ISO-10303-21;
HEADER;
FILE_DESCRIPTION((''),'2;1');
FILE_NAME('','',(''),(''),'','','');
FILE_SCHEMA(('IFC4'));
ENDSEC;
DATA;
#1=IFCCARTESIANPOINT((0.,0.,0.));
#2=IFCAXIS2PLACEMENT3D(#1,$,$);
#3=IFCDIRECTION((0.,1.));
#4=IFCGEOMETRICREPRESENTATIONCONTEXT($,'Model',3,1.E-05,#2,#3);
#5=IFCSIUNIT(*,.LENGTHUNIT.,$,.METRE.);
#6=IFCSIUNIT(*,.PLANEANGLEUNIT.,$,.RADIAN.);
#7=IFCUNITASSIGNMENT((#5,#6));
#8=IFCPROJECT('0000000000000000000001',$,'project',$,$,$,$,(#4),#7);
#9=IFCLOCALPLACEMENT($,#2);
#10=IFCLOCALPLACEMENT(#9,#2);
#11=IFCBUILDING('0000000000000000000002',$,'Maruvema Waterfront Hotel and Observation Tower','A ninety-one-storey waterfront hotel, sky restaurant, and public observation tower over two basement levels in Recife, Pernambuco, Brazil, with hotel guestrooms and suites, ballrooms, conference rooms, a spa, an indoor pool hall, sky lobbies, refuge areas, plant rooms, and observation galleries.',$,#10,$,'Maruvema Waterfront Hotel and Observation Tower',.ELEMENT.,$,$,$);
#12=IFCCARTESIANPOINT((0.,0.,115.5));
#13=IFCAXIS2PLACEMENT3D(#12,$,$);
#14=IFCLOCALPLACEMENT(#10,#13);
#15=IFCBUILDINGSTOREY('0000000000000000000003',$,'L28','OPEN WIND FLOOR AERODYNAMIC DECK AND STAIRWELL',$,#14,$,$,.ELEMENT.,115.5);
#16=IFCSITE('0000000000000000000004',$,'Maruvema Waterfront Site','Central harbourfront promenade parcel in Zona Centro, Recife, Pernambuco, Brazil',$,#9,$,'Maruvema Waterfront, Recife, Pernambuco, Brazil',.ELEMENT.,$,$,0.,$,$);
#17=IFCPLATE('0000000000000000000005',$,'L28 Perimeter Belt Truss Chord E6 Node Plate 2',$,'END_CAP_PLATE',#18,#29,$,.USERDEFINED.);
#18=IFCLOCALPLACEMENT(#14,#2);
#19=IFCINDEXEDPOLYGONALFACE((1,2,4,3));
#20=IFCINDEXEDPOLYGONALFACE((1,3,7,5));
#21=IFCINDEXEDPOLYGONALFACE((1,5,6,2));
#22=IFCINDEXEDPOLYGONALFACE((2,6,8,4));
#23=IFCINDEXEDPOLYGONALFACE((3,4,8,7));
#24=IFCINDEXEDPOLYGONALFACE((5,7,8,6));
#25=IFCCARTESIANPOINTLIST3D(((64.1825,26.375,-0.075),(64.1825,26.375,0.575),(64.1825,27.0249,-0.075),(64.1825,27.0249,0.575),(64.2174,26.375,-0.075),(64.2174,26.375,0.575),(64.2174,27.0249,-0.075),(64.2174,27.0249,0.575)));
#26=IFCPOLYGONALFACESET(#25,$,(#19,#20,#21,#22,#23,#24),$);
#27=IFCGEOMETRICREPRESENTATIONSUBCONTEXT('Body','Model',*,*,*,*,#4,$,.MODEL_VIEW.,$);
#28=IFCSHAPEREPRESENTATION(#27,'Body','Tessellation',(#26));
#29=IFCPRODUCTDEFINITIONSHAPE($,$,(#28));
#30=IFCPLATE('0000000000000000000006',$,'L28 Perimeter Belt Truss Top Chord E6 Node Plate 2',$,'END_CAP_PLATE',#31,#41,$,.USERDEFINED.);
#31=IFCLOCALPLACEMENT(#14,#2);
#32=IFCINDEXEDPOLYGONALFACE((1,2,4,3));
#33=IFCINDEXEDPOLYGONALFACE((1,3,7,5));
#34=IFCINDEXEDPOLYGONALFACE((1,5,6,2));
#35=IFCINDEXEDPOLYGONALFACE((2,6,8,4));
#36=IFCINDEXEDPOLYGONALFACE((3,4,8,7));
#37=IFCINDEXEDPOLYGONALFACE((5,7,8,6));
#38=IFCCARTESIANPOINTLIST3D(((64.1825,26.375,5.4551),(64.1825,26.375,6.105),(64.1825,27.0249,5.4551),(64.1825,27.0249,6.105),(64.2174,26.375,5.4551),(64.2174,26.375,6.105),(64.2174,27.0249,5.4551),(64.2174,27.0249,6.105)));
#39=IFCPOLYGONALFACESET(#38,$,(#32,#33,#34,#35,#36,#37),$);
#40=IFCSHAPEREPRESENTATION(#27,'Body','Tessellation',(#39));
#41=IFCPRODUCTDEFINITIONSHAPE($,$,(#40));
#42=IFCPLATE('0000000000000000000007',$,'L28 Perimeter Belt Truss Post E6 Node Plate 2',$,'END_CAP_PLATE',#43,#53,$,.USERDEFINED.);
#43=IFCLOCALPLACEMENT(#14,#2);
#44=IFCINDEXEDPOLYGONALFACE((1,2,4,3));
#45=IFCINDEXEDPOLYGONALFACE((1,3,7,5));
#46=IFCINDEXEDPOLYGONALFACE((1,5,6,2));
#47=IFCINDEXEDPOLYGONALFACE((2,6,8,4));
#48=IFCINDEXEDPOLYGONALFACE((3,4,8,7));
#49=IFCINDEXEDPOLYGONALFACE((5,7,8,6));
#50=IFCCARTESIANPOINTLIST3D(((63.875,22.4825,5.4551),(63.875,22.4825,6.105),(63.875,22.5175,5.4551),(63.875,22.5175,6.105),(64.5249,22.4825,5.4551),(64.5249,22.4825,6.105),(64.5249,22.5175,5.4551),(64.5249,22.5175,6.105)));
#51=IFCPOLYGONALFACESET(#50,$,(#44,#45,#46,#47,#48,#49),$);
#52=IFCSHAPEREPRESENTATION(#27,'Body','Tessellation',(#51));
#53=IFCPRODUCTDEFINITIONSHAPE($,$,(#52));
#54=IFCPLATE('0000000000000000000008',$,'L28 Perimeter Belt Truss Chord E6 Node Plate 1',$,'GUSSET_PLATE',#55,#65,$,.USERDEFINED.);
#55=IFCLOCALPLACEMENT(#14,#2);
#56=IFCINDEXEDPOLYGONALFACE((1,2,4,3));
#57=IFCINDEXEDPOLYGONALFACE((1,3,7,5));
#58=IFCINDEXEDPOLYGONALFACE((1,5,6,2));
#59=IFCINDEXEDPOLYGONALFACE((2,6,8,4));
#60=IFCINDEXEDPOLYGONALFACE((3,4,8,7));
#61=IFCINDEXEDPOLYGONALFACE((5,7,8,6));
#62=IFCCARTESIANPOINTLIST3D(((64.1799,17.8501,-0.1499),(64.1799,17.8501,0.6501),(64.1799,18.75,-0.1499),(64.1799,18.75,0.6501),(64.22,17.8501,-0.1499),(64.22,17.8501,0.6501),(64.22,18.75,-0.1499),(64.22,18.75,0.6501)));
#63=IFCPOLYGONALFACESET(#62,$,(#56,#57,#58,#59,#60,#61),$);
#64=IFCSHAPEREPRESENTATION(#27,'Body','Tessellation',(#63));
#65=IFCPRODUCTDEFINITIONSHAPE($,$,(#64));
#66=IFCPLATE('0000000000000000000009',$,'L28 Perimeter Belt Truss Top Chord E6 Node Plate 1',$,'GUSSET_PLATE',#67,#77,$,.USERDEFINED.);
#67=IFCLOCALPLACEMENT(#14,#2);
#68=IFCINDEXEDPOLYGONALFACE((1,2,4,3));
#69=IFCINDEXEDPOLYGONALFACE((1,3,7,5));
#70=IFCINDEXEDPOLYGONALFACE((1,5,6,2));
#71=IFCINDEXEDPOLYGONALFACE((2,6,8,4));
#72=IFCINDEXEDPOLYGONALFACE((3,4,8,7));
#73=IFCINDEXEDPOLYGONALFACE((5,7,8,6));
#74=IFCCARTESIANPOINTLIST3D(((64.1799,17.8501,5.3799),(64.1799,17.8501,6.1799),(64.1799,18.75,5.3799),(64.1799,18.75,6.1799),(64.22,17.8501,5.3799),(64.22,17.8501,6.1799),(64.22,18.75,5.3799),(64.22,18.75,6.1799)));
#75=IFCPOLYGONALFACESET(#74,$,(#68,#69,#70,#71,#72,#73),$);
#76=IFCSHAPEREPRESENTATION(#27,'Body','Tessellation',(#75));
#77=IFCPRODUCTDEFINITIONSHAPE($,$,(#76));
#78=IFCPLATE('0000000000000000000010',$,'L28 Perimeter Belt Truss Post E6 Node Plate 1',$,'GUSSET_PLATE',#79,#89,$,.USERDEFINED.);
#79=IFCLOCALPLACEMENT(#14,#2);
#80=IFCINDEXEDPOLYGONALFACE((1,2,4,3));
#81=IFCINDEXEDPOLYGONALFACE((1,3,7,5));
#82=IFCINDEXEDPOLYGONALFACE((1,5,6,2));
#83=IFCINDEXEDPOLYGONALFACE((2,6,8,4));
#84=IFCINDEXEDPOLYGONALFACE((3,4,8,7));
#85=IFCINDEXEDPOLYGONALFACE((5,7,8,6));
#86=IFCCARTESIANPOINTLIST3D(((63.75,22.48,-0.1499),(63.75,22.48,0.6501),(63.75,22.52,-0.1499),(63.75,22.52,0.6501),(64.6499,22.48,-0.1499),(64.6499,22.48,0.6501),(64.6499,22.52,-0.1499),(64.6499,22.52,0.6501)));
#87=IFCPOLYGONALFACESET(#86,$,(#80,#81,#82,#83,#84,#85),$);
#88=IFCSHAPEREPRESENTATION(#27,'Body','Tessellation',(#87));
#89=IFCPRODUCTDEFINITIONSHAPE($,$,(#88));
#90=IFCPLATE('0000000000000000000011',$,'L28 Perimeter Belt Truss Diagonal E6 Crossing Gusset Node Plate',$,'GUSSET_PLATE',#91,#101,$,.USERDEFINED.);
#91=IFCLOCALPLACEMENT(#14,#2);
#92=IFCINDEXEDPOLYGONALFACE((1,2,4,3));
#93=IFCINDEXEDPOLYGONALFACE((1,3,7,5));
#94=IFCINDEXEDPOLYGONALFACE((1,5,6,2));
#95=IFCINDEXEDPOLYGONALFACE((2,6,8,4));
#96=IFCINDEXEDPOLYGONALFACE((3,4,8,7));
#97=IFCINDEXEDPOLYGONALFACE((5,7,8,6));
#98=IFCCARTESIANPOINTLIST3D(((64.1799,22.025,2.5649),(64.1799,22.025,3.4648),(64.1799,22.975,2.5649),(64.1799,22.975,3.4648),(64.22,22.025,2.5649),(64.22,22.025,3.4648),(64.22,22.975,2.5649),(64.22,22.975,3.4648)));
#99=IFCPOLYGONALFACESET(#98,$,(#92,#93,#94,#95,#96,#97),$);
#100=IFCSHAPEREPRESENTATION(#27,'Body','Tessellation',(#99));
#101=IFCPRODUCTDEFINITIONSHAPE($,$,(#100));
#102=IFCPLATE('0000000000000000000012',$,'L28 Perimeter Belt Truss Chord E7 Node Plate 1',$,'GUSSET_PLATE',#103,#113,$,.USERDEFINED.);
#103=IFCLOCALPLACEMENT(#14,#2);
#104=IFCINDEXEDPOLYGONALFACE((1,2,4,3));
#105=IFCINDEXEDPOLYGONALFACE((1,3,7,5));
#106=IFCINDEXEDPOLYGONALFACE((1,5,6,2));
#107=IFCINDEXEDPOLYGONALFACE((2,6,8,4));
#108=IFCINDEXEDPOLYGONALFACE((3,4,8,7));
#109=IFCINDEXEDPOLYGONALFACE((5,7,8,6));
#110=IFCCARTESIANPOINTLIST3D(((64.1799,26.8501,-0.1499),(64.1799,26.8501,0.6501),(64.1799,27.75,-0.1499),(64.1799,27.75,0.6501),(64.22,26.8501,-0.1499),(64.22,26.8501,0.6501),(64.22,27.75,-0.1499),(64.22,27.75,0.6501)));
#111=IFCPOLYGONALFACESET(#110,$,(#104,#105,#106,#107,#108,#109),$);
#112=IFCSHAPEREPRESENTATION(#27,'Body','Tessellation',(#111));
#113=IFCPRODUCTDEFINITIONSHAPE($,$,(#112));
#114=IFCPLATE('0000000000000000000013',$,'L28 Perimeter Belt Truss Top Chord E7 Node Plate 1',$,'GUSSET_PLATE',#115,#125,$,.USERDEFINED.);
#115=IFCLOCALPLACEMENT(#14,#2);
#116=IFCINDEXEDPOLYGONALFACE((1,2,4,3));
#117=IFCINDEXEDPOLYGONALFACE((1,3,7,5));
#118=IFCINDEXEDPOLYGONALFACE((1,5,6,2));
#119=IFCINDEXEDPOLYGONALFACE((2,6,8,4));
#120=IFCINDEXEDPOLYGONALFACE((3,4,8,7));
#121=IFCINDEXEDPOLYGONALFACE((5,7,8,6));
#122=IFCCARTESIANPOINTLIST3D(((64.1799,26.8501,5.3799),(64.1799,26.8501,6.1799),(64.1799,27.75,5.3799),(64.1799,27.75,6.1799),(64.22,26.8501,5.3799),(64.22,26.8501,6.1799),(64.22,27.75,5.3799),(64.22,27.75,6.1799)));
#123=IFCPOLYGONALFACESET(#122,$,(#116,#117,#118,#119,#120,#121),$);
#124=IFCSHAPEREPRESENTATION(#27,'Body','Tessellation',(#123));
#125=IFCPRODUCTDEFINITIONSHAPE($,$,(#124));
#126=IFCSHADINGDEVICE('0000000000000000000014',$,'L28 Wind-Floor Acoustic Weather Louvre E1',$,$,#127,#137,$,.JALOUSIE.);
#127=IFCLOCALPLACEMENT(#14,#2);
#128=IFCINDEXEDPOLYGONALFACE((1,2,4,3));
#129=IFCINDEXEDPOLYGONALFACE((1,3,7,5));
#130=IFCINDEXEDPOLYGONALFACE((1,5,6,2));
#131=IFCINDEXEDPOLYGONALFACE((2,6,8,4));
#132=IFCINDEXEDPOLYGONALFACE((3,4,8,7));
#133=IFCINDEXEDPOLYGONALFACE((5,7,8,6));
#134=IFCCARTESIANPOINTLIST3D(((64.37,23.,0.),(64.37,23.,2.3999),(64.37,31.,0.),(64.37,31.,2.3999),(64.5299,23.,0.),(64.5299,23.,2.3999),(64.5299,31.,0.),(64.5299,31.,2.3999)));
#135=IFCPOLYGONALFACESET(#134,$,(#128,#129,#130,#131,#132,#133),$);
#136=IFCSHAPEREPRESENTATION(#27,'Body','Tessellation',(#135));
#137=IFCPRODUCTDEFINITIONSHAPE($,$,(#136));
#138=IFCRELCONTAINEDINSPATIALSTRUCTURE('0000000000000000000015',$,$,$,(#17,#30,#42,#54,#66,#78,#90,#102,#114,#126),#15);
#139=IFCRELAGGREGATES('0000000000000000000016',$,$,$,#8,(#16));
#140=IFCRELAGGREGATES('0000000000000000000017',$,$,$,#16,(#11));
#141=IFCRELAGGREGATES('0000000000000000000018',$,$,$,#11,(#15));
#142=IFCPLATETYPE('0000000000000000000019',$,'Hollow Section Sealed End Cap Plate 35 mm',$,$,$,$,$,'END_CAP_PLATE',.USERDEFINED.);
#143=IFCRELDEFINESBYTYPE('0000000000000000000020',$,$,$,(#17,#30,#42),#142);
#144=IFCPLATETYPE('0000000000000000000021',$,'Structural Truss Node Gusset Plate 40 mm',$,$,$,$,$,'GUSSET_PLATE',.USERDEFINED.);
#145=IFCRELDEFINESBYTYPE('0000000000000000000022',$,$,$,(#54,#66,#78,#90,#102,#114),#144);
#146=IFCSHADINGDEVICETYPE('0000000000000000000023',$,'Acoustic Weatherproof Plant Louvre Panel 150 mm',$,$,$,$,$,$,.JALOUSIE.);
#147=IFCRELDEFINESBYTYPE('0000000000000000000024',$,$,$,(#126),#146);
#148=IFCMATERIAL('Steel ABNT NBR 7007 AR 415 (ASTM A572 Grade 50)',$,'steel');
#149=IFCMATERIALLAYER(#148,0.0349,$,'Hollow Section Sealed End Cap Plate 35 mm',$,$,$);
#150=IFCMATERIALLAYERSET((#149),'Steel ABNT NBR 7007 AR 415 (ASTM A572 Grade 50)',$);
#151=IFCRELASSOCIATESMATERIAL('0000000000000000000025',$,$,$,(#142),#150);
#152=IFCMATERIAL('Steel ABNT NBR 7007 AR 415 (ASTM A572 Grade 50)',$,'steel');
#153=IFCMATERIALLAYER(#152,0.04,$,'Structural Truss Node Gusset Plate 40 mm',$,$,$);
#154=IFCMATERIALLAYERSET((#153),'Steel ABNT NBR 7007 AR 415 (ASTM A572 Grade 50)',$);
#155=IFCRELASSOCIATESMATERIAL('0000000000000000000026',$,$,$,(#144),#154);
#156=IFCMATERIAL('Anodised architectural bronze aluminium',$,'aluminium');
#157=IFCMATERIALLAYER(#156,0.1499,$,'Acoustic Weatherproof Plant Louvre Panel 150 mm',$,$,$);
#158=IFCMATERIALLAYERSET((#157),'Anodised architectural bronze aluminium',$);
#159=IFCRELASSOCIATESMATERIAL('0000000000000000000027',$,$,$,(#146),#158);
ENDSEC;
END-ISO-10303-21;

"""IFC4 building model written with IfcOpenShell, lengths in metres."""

from ifc_helpers import new_model, si_unit, direction, frame, origin, origin_2d, place, context, subcontext, project, spatial, rectangle, extrude, material, layer, layer_set, type_object, element, save


model = new_model("IFC4")

# Units and contexts
model_context = context("Model", 3, precision=1e-05, world=origin(), true_north=direction((0.0, 1.0)))
body_context = subcontext(model_context, "Body", "Model", "MODEL_VIEW")
ifc_project = project(units=[si_unit("LENGTHUNIT", "METRE"), si_unit("PLANEANGLEUNIT", "RADIAN")], contexts=[model_context])

# Site, building, storey
site_placement = place(None, origin())
site = spatial("IfcSite", under=ifc_project, at=site_placement, Name="Maruvema Waterfront Site", Description="Central harbourfront promenade parcel in Zona Centro, Recife, Pernambuco, Brazil", LongName="Maruvema Waterfront, Recife, Pernambuco, Brazil", CompositionType="ELEMENT", RefElevation=0.0)
building_placement = place(site_placement, origin())
building = spatial("IfcBuilding", under=site, at=building_placement, Name="Maruvema Waterfront Hotel and Observation Tower", Description="A ninety-one-storey waterfront hotel, sky restaurant, and public observation tower over two basement levels in Recife, Pernambuco, Brazil, with hotel guestrooms and suites, ballrooms, conference rooms, a spa, an indoor pool hall, sky lobbies, refuge areas, plant rooms, and observation galleries.", LongName="Maruvema Waterfront Hotel and Observation Tower", CompositionType="ELEMENT")
storey_placement = place(building_placement, frame((0.0, 0.0, 115.5)))
storey = spatial("IfcBuildingStorey", under=building, at=storey_placement, Name="L28", Description="OPEN WIND FLOOR AERODYNAMIC DECK AND STAIRWELL", CompositionType="ELEMENT", Elevation=115.5)

# Plates
ifc_material_1 = material(Name="Steel ABNT NBR 7007 AR 415 (ASTM A572 Grade 50)", Category="steel")
ifc_layer_1 = layer(ifc_material_1, 0.0349, Name="Hollow Section Sealed End Cap Plate 35 mm")
ifc_layer_set_1 = layer_set([ifc_layer_1], Name="Steel ABNT NBR 7007 AR 415 (ASTM A572 Grade 50)")
plate_type_1 = type_object("IfcPlateType", Name="Hollow Section Sealed End Cap Plate 35 mm", ElementType="END_CAP_PLATE", PredefinedType="USERDEFINED", material=ifc_layer_set_1)
for number, where, z_axis, x_axis, name in (
    (1, (64.2, 26.7, -0.075), (0.0, 0.0, 1.0), (0.0, 1.0, 0.0), "L28 Perimeter Belt Truss Chord E6 Node Plate 2"),
    (2, (64.2, 26.7, 5.4551), (0.0, 0.0, 1.0), (0.0, 1.0, 0.0), "L28 Perimeter Belt Truss Top Chord E6 Node Plate 2"),
    (3, (64.2, 22.5, 5.4551), (0.0, 0.0, 1.0), (1.0, 0.0, 0.0), "L28 Perimeter Belt Truss Post E6 Node Plate 2"),
):
    element("IfcPlate", number, at=place(storey_placement, frame(where, z_axis=z_axis, x_axis=x_axis)), inside=storey, type_object=plate_type_1, Name=name, ObjectType="END_CAP_PLATE", PredefinedType="USERDEFINED", context=body_context, shape_type="SweptSolid", body=[
        extrude(rectangle(XDim=0.6499, YDim=0.0349, at=origin_2d()), origin(), (0.0, 0.0, 1.0), 0.6499),
    ])
ifc_material_2 = material(Name="Steel ABNT NBR 7007 AR 415 (ASTM A572 Grade 50)", Category="steel")
ifc_layer_2 = layer(ifc_material_2, 0.04, Name="Structural Truss Node Gusset Plate 40 mm")
ifc_layer_set_2 = layer_set([ifc_layer_2], Name="Steel ABNT NBR 7007 AR 415 (ASTM A572 Grade 50)")
plate_type_2 = type_object("IfcPlateType", Name="Structural Truss Node Gusset Plate 40 mm", ElementType="GUSSET_PLATE", PredefinedType="USERDEFINED", material=ifc_layer_set_2)
for number, where, z_axis, x_axis, name in (
    (4, (64.2, 18.3, -0.1499), (0.0, 0.0, 1.0), (0.0, 1.0, 0.0), "L28 Perimeter Belt Truss Chord E6 Node Plate 1"),
    (5, (64.2, 18.3, 5.3799), (0.0, 0.0, 1.0), (0.0, 1.0, 0.0), "L28 Perimeter Belt Truss Top Chord E6 Node Plate 1"),
    (6, (64.2, 22.5, -0.1499), (0.0, 0.0, 1.0), (1.0, 0.0, 0.0), "L28 Perimeter Belt Truss Post E6 Node Plate 1"),
):
    element("IfcPlate", number, at=place(storey_placement, frame(where, z_axis=z_axis, x_axis=x_axis)), inside=storey, type_object=plate_type_2, Name=name, ObjectType="GUSSET_PLATE", PredefinedType="USERDEFINED", context=body_context, shape_type="SweptSolid", body=[
        extrude(rectangle(XDim=0.8999, YDim=0.04, at=origin_2d()), origin(), (0.0, 0.0, 1.0), 0.8),
    ])
plate_placement = place(storey_placement, frame((64.2, 22.5, 2.5649), z_axis=(0.0, 0.0, 1.0), x_axis=(0.0, -1.0, 0.0)))
element("IfcPlate", 7, at=plate_placement, inside=storey, type_object=plate_type_2, Name="L28 Perimeter Belt Truss Diagonal E6 Crossing Gusset Node Plate", ObjectType="GUSSET_PLATE", PredefinedType="USERDEFINED", context=body_context, shape_type="SweptSolid", body=[
    extrude(rectangle(XDim=0.95, YDim=0.04, at=origin_2d()), origin(), (0.0, 0.0, 1.0), 0.8999),
])
for number, where, z_axis, x_axis, name in (
    (8, (64.2, 27.3, -0.1499), (0.0, 0.0, 1.0), (0.0, 1.0, 0.0), "L28 Perimeter Belt Truss Chord E7 Node Plate 1"),
    (9, (64.2, 27.3, 5.3799), (0.0, 0.0, 1.0), (0.0, 1.0, 0.0), "L28 Perimeter Belt Truss Top Chord E7 Node Plate 1"),
):
    element("IfcPlate", number, at=place(storey_placement, frame(where, z_axis=z_axis, x_axis=x_axis)), inside=storey, type_object=plate_type_2, Name=name, ObjectType="GUSSET_PLATE", PredefinedType="USERDEFINED", context=body_context, shape_type="SweptSolid", body=[
        extrude(rectangle(XDim=0.8999, YDim=0.04, at=origin_2d()), origin(), (0.0, 0.0, 1.0), 0.8),
    ])

# Shading device
ifc_material_3 = material(Name="Anodised architectural bronze aluminium", Category="aluminium")
ifc_layer_3 = layer(ifc_material_3, 0.1499, Name="Acoustic Weatherproof Plant Louvre Panel 150 mm")
ifc_layer_set_3 = layer_set([ifc_layer_3], Name="Anodised architectural bronze aluminium")
shading_device_type = type_object("IfcShadingDeviceType", Name="Acoustic Weatherproof Plant Louvre Panel 150 mm", PredefinedType="JALOUSIE", material=ifc_layer_set_3)
shading_device_placement = place(storey_placement, frame((64.45, 27.0, 0.0), z_axis=(0.0, 0.0, 1.0), x_axis=(0.0, 1.0, 0.0)))
element("IfcShadingDevice", 10, at=shading_device_placement, inside=storey, type_object=shading_device_type, Name="L28 Wind-Floor Acoustic Weather Louvre E1", PredefinedType="JALOUSIE", context=body_context, shape_type="SweptSolid", body=[
    extrude(rectangle(XDim=8.0, YDim=0.1599, at=origin_2d()), origin(), (0.0, 0.0, 1.0), 2.3999),
])

save(model, "model.ifc")
